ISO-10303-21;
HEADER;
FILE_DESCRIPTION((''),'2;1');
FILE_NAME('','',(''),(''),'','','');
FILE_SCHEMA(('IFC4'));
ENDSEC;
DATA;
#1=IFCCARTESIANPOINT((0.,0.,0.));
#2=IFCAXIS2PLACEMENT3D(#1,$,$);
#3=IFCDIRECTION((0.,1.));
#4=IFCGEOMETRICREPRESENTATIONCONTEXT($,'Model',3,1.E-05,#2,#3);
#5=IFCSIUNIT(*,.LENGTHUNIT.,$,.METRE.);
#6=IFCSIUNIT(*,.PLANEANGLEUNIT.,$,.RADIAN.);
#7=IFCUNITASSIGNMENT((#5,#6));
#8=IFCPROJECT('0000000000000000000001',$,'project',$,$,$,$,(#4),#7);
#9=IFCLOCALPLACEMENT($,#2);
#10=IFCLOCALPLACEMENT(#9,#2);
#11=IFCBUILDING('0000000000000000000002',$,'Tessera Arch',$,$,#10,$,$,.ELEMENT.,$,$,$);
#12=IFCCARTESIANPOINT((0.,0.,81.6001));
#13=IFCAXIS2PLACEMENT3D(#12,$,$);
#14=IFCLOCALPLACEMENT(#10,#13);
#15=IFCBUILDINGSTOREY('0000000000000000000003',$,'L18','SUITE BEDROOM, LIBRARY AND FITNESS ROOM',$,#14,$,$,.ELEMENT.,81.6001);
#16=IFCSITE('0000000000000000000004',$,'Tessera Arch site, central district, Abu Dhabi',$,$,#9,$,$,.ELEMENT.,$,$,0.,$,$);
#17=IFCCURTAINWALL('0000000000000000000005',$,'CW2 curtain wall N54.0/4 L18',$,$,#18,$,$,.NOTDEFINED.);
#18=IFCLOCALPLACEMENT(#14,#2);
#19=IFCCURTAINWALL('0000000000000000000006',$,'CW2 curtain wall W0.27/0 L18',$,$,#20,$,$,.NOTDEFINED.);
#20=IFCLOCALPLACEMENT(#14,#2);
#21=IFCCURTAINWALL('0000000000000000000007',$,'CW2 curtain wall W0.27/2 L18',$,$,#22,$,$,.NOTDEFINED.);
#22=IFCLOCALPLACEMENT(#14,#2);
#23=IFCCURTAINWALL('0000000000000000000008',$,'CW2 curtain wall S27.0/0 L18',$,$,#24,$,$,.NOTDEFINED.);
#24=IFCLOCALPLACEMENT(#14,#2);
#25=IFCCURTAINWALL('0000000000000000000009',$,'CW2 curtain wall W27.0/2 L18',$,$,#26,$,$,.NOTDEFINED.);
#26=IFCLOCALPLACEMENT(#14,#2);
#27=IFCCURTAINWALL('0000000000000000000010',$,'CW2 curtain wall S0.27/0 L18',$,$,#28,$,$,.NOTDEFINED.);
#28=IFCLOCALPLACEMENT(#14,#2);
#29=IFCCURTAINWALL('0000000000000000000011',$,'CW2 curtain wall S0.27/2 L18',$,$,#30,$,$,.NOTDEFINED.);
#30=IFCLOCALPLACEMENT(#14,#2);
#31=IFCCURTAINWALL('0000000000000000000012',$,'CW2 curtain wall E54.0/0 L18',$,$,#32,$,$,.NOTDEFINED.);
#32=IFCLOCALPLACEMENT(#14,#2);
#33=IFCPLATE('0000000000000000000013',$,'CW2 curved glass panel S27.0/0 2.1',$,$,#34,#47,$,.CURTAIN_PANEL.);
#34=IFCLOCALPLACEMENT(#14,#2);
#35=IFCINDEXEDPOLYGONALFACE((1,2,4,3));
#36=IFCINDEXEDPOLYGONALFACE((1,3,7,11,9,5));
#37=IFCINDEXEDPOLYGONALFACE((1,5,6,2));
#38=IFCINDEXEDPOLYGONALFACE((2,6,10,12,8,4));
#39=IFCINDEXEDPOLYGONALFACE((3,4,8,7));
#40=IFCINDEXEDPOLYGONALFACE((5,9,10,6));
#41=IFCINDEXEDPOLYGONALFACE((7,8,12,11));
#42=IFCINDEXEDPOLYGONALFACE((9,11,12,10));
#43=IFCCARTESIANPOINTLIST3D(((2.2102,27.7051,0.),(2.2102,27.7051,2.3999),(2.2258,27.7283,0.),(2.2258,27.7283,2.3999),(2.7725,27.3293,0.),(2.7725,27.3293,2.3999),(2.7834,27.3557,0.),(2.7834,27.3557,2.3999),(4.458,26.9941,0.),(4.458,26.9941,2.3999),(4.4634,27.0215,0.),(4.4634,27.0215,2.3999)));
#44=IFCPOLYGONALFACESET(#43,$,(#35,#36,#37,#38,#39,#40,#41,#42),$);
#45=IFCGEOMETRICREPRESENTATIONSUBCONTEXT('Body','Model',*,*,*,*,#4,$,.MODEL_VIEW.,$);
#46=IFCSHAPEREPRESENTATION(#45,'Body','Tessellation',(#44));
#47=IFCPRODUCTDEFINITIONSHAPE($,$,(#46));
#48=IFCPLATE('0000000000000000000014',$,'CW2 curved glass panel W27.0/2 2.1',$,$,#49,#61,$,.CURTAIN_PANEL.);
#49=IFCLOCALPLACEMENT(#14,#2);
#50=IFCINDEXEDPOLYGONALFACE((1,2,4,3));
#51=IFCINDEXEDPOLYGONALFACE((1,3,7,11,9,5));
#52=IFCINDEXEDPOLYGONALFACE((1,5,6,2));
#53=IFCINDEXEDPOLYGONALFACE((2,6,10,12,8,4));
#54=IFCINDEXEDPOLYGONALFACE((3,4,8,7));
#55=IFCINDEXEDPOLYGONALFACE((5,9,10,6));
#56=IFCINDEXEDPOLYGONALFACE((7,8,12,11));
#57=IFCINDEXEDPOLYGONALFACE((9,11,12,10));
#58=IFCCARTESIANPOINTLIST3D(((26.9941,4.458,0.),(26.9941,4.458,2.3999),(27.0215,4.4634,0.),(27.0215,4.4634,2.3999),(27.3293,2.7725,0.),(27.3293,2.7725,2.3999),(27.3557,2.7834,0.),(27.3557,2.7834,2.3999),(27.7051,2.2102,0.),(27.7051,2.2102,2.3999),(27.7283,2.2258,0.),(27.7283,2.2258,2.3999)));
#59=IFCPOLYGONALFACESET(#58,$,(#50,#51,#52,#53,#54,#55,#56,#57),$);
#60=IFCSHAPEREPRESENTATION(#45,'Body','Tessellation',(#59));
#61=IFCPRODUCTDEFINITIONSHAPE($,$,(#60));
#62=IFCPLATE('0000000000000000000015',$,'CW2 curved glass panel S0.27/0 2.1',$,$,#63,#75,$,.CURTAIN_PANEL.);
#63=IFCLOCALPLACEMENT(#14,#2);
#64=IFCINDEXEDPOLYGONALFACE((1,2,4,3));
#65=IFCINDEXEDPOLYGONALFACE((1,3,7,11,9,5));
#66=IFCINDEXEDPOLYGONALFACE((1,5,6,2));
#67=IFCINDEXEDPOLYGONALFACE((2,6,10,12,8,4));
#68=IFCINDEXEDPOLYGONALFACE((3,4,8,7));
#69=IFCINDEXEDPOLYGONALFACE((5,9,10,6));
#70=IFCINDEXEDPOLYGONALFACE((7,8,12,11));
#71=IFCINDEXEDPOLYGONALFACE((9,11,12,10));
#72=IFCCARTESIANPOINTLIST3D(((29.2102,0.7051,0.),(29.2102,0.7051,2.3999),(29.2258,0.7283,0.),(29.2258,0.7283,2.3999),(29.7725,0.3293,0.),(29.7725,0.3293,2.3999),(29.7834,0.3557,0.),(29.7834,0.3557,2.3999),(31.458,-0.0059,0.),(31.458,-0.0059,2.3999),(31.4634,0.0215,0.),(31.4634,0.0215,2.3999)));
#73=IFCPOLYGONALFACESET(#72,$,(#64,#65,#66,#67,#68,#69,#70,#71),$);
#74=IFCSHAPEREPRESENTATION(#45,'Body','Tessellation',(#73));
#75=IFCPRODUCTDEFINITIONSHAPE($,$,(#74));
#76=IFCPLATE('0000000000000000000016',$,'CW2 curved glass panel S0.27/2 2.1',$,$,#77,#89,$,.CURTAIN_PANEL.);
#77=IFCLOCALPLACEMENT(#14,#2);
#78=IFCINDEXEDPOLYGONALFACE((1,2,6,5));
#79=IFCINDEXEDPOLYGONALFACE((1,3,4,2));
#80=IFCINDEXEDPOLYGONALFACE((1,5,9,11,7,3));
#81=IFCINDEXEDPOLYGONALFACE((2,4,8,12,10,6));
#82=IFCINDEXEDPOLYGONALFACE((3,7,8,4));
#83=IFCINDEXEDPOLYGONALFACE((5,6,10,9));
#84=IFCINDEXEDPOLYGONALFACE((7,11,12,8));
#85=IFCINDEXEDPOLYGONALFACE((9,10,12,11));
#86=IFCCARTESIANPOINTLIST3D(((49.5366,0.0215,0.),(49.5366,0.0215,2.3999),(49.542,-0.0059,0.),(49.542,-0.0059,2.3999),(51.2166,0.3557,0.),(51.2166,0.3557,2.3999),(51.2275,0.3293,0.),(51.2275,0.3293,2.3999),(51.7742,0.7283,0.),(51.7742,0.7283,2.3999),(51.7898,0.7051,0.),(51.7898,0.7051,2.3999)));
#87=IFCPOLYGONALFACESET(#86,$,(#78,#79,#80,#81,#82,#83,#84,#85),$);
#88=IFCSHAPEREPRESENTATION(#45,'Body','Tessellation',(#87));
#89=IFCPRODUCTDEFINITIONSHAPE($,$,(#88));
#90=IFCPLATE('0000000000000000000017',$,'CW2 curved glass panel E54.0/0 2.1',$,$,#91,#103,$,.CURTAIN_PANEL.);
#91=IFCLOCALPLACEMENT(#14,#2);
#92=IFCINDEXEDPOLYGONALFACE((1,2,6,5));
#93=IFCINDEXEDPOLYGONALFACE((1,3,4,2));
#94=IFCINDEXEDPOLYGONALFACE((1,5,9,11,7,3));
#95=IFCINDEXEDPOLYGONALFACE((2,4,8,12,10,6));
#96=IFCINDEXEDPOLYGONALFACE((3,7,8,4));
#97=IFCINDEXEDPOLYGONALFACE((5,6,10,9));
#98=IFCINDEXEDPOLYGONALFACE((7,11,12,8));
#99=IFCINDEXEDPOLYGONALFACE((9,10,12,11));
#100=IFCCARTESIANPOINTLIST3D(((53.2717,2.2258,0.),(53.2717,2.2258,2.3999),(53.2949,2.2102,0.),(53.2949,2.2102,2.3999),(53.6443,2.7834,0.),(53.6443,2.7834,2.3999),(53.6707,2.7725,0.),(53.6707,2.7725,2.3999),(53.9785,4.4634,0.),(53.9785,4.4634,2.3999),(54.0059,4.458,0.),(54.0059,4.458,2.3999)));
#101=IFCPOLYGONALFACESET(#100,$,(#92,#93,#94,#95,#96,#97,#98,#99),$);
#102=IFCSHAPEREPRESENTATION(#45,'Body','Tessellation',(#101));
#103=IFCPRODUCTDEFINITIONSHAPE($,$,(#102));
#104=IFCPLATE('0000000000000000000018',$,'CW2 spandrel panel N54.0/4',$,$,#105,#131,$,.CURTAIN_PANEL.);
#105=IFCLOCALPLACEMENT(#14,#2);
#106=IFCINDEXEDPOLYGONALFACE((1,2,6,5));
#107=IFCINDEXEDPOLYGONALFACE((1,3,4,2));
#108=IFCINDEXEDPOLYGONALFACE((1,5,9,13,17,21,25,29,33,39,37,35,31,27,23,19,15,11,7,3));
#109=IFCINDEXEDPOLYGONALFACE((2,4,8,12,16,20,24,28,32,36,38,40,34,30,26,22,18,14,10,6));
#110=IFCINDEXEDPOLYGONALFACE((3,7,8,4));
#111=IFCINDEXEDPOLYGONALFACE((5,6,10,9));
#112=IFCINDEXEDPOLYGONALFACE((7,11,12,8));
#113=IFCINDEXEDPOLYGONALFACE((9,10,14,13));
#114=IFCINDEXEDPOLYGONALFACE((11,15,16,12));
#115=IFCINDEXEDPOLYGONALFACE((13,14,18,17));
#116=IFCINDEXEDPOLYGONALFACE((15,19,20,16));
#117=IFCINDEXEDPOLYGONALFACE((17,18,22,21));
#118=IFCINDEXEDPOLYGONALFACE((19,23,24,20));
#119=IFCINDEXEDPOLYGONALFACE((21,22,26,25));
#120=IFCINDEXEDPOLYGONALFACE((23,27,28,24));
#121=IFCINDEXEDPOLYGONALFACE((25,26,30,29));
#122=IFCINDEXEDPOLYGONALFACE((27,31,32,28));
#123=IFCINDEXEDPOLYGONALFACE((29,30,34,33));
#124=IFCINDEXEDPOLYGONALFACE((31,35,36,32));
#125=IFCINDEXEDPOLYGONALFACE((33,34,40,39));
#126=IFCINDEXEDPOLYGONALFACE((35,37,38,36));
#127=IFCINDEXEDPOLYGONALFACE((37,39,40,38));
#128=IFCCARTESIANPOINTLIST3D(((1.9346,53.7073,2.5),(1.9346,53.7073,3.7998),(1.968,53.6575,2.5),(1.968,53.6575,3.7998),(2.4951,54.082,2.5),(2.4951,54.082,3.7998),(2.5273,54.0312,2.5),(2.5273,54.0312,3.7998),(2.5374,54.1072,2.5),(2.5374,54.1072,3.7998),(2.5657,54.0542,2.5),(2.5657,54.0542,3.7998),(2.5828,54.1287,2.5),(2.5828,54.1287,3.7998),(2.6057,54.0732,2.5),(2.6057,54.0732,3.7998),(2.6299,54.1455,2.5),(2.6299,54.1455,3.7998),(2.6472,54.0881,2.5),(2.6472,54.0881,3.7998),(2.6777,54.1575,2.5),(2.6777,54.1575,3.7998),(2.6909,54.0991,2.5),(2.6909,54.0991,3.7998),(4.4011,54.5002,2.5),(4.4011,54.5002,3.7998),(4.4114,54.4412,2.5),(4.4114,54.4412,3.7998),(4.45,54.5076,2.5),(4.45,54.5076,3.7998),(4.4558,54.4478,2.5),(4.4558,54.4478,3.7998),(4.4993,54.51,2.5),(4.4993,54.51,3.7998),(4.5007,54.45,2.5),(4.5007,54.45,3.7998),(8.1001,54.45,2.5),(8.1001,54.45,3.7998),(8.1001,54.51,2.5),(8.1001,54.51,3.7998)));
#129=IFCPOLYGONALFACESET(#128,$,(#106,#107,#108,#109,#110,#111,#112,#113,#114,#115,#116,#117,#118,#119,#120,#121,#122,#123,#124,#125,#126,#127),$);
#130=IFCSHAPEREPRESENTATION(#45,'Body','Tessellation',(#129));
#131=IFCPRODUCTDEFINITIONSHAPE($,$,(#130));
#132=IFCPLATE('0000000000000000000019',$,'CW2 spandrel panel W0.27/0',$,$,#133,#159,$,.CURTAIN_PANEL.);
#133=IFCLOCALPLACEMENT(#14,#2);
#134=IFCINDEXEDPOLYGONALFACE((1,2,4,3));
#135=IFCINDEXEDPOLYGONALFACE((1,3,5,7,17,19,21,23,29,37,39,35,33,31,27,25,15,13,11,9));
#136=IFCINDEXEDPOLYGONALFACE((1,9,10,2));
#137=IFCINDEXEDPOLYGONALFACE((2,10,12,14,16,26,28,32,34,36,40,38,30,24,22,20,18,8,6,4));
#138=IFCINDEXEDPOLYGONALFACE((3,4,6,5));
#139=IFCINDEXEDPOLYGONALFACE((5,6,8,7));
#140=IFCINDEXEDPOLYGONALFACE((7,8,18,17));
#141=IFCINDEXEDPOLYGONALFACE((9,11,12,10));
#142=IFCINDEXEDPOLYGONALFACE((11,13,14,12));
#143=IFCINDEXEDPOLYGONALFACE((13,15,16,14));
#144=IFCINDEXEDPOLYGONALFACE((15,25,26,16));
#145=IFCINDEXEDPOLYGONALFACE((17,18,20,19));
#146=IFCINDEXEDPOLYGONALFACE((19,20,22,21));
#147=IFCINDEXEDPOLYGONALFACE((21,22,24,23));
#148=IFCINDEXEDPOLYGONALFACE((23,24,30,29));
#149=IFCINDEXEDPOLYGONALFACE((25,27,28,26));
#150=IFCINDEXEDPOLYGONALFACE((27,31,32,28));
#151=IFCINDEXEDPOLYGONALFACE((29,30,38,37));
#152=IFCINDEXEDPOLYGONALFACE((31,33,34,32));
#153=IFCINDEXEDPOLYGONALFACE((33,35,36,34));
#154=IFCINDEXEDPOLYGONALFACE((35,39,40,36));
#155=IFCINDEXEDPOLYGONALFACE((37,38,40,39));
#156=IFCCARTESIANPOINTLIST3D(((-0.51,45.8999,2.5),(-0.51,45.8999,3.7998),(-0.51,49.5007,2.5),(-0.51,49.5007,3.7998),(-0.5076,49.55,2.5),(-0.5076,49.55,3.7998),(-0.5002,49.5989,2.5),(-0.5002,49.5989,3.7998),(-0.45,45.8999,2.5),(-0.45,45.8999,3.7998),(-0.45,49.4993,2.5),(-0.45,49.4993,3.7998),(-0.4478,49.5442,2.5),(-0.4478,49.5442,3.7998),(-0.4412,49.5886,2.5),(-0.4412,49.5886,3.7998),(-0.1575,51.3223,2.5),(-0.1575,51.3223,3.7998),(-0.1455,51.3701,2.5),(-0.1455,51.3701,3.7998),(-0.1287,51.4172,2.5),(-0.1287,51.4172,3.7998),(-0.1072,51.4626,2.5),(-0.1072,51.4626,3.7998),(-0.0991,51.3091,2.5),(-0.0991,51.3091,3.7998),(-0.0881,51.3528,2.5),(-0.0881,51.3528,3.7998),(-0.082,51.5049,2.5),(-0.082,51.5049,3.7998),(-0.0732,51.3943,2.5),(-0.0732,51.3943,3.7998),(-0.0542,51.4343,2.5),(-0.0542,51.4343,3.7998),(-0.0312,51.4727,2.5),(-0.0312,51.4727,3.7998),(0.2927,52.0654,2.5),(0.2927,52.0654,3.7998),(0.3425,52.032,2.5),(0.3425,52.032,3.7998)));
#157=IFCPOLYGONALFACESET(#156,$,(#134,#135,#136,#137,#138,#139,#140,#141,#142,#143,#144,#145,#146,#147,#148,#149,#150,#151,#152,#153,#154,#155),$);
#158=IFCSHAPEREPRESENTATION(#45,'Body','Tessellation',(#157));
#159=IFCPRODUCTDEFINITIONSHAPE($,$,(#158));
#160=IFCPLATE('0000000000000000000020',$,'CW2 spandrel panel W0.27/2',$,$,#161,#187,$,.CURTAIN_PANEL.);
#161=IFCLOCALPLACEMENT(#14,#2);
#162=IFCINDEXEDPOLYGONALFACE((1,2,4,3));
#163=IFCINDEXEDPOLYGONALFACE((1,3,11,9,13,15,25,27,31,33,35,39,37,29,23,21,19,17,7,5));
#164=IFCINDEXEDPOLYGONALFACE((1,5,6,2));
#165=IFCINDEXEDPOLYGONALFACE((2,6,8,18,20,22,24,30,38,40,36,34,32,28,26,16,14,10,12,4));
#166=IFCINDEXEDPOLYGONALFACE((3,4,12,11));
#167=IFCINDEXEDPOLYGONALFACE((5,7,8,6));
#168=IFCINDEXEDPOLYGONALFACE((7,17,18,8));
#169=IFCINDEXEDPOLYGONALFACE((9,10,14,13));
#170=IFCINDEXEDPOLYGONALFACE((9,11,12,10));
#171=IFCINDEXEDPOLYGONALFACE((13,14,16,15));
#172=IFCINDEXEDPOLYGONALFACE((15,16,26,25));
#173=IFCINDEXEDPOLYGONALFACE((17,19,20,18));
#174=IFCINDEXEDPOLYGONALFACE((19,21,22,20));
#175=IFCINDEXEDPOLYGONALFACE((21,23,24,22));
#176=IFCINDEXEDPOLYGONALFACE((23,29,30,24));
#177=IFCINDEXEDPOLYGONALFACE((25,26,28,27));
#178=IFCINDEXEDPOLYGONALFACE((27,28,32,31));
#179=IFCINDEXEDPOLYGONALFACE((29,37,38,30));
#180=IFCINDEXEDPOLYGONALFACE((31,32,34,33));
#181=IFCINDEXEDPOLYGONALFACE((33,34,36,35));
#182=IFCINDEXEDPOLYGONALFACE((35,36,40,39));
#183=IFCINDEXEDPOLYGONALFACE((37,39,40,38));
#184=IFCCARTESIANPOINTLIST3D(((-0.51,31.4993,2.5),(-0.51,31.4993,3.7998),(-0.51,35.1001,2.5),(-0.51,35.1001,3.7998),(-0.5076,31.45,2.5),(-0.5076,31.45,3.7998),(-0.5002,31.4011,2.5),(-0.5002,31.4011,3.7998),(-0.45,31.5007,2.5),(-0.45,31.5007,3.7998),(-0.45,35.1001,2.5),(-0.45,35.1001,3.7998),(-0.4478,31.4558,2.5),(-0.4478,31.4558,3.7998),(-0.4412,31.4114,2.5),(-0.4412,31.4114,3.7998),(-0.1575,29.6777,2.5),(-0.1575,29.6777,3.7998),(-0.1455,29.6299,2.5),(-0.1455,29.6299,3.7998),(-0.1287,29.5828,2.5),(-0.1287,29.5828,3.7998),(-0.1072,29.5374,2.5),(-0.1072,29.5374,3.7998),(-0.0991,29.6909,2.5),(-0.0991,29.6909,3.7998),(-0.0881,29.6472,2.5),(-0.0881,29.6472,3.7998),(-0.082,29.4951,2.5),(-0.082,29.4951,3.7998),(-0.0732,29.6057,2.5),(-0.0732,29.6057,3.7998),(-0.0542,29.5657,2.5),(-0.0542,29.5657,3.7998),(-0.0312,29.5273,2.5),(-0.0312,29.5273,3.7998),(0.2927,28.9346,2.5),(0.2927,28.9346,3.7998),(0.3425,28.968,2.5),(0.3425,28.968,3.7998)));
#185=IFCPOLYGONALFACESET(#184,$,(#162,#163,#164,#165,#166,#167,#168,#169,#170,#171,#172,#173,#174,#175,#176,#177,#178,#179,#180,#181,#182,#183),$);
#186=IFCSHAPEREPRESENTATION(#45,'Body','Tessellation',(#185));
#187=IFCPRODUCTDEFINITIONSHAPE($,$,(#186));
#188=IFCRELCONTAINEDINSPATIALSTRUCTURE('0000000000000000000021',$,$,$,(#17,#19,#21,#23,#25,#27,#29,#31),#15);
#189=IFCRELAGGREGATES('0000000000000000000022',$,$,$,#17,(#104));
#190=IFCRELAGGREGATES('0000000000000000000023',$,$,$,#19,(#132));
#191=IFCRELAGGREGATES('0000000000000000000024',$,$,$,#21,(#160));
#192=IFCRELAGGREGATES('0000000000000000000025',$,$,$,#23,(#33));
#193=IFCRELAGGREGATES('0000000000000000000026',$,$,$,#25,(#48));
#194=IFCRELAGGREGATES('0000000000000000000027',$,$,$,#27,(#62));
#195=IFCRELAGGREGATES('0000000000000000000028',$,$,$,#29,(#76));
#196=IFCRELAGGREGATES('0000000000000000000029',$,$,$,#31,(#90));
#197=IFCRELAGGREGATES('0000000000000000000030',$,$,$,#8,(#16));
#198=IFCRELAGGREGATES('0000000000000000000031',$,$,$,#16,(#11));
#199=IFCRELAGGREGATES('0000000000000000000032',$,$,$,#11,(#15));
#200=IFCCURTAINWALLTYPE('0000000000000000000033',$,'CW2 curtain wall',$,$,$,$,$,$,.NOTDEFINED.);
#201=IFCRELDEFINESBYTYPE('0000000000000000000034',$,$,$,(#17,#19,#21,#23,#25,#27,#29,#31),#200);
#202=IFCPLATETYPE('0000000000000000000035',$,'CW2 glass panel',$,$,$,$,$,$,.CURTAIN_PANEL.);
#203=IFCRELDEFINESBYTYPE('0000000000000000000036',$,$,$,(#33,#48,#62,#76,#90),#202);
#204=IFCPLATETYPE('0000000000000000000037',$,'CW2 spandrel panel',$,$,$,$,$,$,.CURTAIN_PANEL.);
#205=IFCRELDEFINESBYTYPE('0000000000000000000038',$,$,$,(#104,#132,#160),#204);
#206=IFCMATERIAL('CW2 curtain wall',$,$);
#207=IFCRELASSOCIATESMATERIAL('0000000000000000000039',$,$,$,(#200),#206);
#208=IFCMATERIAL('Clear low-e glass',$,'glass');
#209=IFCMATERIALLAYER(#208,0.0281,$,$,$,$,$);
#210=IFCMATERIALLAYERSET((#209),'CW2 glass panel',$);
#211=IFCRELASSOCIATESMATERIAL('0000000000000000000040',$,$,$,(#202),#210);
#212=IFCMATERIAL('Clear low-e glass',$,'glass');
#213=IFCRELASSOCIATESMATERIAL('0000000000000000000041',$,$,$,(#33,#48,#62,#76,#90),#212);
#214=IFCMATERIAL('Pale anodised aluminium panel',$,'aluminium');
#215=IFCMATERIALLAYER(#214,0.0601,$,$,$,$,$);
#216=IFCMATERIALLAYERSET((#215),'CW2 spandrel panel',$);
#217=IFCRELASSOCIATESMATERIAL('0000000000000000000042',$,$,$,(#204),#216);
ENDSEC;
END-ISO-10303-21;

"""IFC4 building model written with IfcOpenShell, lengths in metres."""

from ifc_helpers import new_model, si_unit, direction, frame, origin, place, context, subcontext, project, spatial, polyline, outline, extrude, material, layer, layer_set, type_object, element, aggregate, save


model = new_model("IFC4")

# Units and contexts
model_context = context("Model", 3, precision=1e-05, world=origin(), true_north=direction((0.0, 1.0)))
body_context = subcontext(model_context, "Body", "Model", "MODEL_VIEW")
ifc_project = project(units=[si_unit("LENGTHUNIT", "METRE"), si_unit("PLANEANGLEUNIT", "RADIAN")], contexts=[model_context])

# Site, building, storey
site_placement = place(None, origin())
site = spatial("IfcSite", under=ifc_project, at=site_placement, Name="Tessera Arch site, central district, Abu Dhabi", CompositionType="ELEMENT", RefElevation=0.0)
building_placement = place(site_placement, origin())
building = spatial("IfcBuilding", under=site, at=building_placement, Name="Tessera Arch", CompositionType="ELEMENT")
storey_placement = place(building_placement, frame((0.0, 0.0, 81.6001)))
storey = spatial("IfcBuildingStorey", under=building, at=storey_placement, Name="L18", Description="SUITE BEDROOM, LIBRARY AND FITNESS ROOM", CompositionType="ELEMENT", Elevation=81.6001)

# Curtain walls
ifc_material_1 = material(Name="CW2 curtain wall")
curtain_wall_type = type_object("IfcCurtainWallType", Name="CW2 curtain wall", PredefinedType="NOTDEFINED", material=ifc_material_1)
curtain_wall_1_placement = place(storey_placement, origin())
curtain_wall_1 = element("IfcCurtainWall", 1, at=curtain_wall_1_placement, inside=storey, type_object=curtain_wall_type, Name="CW2 curtain wall N54.0/4 L18", PredefinedType="NOTDEFINED")
curtain_wall_2_placement = place(storey_placement, origin())
curtain_wall_2 = element("IfcCurtainWall", 2, at=curtain_wall_2_placement, inside=storey, type_object=curtain_wall_type, Name="CW2 curtain wall W0.27/0 L18", PredefinedType="NOTDEFINED")
curtain_wall_3_placement = place(storey_placement, origin())
curtain_wall_3 = element("IfcCurtainWall", 3, at=curtain_wall_3_placement, inside=storey, type_object=curtain_wall_type, Name="CW2 curtain wall W0.27/2 L18", PredefinedType="NOTDEFINED")
curtain_wall_4_placement = place(storey_placement, origin())
curtain_wall_4 = element("IfcCurtainWall", 4, at=curtain_wall_4_placement, inside=storey, type_object=curtain_wall_type, Name="CW2 curtain wall S27.0/0 L18", PredefinedType="NOTDEFINED")
curtain_wall_5_placement = place(storey_placement, origin())
curtain_wall_5 = element("IfcCurtainWall", 5, at=curtain_wall_5_placement, inside=storey, type_object=curtain_wall_type, Name="CW2 curtain wall W27.0/2 L18", PredefinedType="NOTDEFINED")
curtain_wall_6_placement = place(storey_placement, origin())
curtain_wall_6 = element("IfcCurtainWall", 6, at=curtain_wall_6_placement, inside=storey, type_object=curtain_wall_type, Name="CW2 curtain wall S0.27/0 L18", PredefinedType="NOTDEFINED")
curtain_wall_7_placement = place(storey_placement, origin())
curtain_wall_7 = element("IfcCurtainWall", 7, at=curtain_wall_7_placement, inside=storey, type_object=curtain_wall_type, Name="CW2 curtain wall S0.27/2 L18", PredefinedType="NOTDEFINED")
curtain_wall_8_placement = place(storey_placement, origin())
curtain_wall_8 = element("IfcCurtainWall", 8, at=curtain_wall_8_placement, inside=storey, type_object=curtain_wall_type, Name="CW2 curtain wall E54.0/0 L18", PredefinedType="NOTDEFINED")

# Plates
ifc_material_2 = material(Name="Clear low-e glass", Category="glass")
ifc_material_3 = material(Name="Clear low-e glass", Category="glass")
ifc_layer_1 = layer(ifc_material_3, 0.0281)
ifc_layer_set_1 = layer_set([ifc_layer_1], Name="CW2 glass panel")
plate_type_1 = type_object("IfcPlateType", Name="CW2 glass panel", PredefinedType="CURTAIN_PANEL", material=ifc_layer_set_1)
plate_1_placement = place(storey_placement, origin())
plate_1 = element("IfcPlate", 9, at=plate_1_placement, type_object=plate_type_1, material=ifc_material_2, Name="CW2 curved glass panel S27.0/0 2.1", PredefinedType="CURTAIN_PANEL", context=body_context, shape_type="SweptSolid", body=[
    extrude(outline(polyline([(2.7834, 27.3557), (2.2258, 27.7283), (2.2102, 27.7051), (2.7725, 27.3293), (4.458, 26.9941), (4.4634, 27.0215), (2.7834, 27.3557)])), origin(), (0.0, 0.0, 1.0), 2.3999),
])
plate_2_placement = place(storey_placement, origin())
plate_2 = element("IfcPlate", 10, at=plate_2_placement, type_object=plate_type_1, material=ifc_material_2, Name="CW2 curved glass panel W27.0/2 2.1", PredefinedType="CURTAIN_PANEL", context=body_context, shape_type="SweptSolid", body=[
    extrude(outline(polyline([(27.3557, 2.7834), (27.0215, 4.4634), (26.9941, 4.458), (27.3293, 2.7725), (27.7051, 2.2102), (27.7283, 2.2258), (27.3557, 2.7834)])), origin(), (0.0, 0.0, 1.0), 2.3999),
])
plate_3_placement = place(storey_placement, origin())
plate_3 = element("IfcPlate", 11, at=plate_3_placement, type_object=plate_type_1, material=ifc_material_2, Name="CW2 curved glass panel S0.27/0 2.1", PredefinedType="CURTAIN_PANEL", context=body_context, shape_type="SweptSolid", body=[
    extrude(outline(polyline([(29.7834, 0.3557), (29.2258, 0.7283), (29.2102, 0.7051), (29.7725, 0.3293), (31.458, -0.0059), (31.4634, 0.0215), (29.7834, 0.3557)])), origin(), (0.0, 0.0, 1.0), 2.3999),
])
plate_4_placement = place(storey_placement, origin())
plate_4 = element("IfcPlate", 12, at=plate_4_placement, type_object=plate_type_1, material=ifc_material_2, Name="CW2 curved glass panel S0.27/2 2.1", PredefinedType="CURTAIN_PANEL", context=body_context, shape_type="SweptSolid", body=[
    extrude(outline(polyline([(51.2166, 0.3557), (49.5366, 0.0215), (49.542, -0.0059), (51.2275, 0.3293), (51.7898, 0.7051), (51.7742, 0.7283), (51.2166, 0.3557)])), origin(), (0.0, 0.0, 1.0), 2.3999),
])
plate_5_placement = place(storey_placement, origin())
plate_5 = element("IfcPlate", 13, at=plate_5_placement, type_object=plate_type_1, material=ifc_material_2, Name="CW2 curved glass panel E54.0/0 2.1", PredefinedType="CURTAIN_PANEL", context=body_context, shape_type="SweptSolid", body=[
    extrude(outline(polyline([(53.6443, 2.7834), (53.2717, 2.2258), (53.2949, 2.2102), (53.6707, 2.7725), (54.0059, 4.458), (53.9785, 4.4634), (53.6443, 2.7834)])), origin(), (0.0, 0.0, 1.0), 2.3999),
])
ifc_material_4 = material(Name="Pale anodised aluminium panel", Category="aluminium")
ifc_layer_2 = layer(ifc_material_4, 0.0601)
ifc_layer_set_2 = layer_set([ifc_layer_2], Name="CW2 spandrel panel")
plate_type_2 = type_object("IfcPlateType", Name="CW2 spandrel panel", PredefinedType="CURTAIN_PANEL", material=ifc_layer_set_2)
plate_6_placement = place(storey_placement, frame((0.0, 0.0, 2.5)))
plate_6 = element("IfcPlate", 14, at=plate_6_placement, type_object=plate_type_2, Name="CW2 spandrel panel N54.0/4", PredefinedType="CURTAIN_PANEL", context=body_context, shape_type="SweptSolid", body=[
    extrude(outline(polyline([(4.5007, 54.45), (8.1001, 54.45), (8.1001, 54.51), (4.4993, 54.51), (4.45, 54.5076), (4.4011, 54.5002), (2.6777, 54.1575), (2.6299, 54.1455), (2.5828, 54.1287), (2.5374, 54.1072), (2.4951, 54.082), (1.9346, 53.7073), (1.968, 53.6575), (2.5273, 54.0312), (2.5657, 54.0542), (2.6057, 54.0732), (2.6472, 54.0881), (2.6909, 54.0991), (4.4114, 54.4412), (4.4558, 54.4478), (4.5007, 54.45)])), origin(), (0.0, 0.0, 1.0), 1.2998),
])
aggregate(curtain_wall_1, [plate_6])
plate_7_placement = place(storey_placement, frame((0.0, 0.0, 2.5)))
plate_7 = element("IfcPlate", 15, at=plate_7_placement, type_object=plate_type_2, Name="CW2 spandrel panel W0.27/0", PredefinedType="CURTAIN_PANEL", context=body_context, shape_type="SweptSolid", body=[
    extrude(outline(polyline([(-0.0312, 51.4727), (0.3425, 52.032), (0.2927, 52.0654), (-0.082, 51.5049), (-0.1072, 51.4626), (-0.1287, 51.4172), (-0.1455, 51.3701), (-0.1575, 51.3223), (-0.5002, 49.5989), (-0.5076, 49.55), (-0.51, 49.5007), (-0.51, 45.8999), (-0.45, 45.8999), (-0.45, 49.4993), (-0.4478, 49.5442), (-0.4412, 49.5886), (-0.0991, 51.3091), (-0.0881, 51.3528), (-0.0732, 51.3943), (-0.0542, 51.4343), (-0.0312, 51.4727)])), origin(), (0.0, 0.0, 1.0), 1.2998),
])
aggregate(curtain_wall_2, [plate_7])
plate_8_placement = place(storey_placement, frame((0.0, 0.0, 2.5)))
plate_8 = element("IfcPlate", 16, at=plate_8_placement, type_object=plate_type_2, Name="CW2 spandrel panel W0.27/2", PredefinedType="CURTAIN_PANEL", context=body_context, shape_type="SweptSolid", body=[
    extrude(outline(polyline([(-0.45, 31.5007), (-0.45, 35.1001), (-0.51, 35.1001), (-0.51, 31.4993), (-0.5076, 31.45), (-0.5002, 31.4011), (-0.1575, 29.6777), (-0.1455, 29.6299), (-0.1287, 29.5828), (-0.1072, 29.5374), (-0.082, 29.4951), (0.2927, 28.9346), (0.3425, 28.968), (-0.0312, 29.5273), (-0.0542, 29.5657), (-0.0732, 29.6057), (-0.0881, 29.6472), (-0.0991, 29.6909), (-0.4412, 31.4114), (-0.4478, 31.4558), (-0.45, 31.5007)])), origin(), (0.0, 0.0, 1.0), 1.2998),
])
aggregate(curtain_wall_3, [plate_8])
aggregate(curtain_wall_4, [plate_1])
aggregate(curtain_wall_5, [plate_2])
aggregate(curtain_wall_6, [plate_3])
aggregate(curtain_wall_7, [plate_4])
aggregate(curtain_wall_8, [plate_5])

save(model, "model.ifc")
